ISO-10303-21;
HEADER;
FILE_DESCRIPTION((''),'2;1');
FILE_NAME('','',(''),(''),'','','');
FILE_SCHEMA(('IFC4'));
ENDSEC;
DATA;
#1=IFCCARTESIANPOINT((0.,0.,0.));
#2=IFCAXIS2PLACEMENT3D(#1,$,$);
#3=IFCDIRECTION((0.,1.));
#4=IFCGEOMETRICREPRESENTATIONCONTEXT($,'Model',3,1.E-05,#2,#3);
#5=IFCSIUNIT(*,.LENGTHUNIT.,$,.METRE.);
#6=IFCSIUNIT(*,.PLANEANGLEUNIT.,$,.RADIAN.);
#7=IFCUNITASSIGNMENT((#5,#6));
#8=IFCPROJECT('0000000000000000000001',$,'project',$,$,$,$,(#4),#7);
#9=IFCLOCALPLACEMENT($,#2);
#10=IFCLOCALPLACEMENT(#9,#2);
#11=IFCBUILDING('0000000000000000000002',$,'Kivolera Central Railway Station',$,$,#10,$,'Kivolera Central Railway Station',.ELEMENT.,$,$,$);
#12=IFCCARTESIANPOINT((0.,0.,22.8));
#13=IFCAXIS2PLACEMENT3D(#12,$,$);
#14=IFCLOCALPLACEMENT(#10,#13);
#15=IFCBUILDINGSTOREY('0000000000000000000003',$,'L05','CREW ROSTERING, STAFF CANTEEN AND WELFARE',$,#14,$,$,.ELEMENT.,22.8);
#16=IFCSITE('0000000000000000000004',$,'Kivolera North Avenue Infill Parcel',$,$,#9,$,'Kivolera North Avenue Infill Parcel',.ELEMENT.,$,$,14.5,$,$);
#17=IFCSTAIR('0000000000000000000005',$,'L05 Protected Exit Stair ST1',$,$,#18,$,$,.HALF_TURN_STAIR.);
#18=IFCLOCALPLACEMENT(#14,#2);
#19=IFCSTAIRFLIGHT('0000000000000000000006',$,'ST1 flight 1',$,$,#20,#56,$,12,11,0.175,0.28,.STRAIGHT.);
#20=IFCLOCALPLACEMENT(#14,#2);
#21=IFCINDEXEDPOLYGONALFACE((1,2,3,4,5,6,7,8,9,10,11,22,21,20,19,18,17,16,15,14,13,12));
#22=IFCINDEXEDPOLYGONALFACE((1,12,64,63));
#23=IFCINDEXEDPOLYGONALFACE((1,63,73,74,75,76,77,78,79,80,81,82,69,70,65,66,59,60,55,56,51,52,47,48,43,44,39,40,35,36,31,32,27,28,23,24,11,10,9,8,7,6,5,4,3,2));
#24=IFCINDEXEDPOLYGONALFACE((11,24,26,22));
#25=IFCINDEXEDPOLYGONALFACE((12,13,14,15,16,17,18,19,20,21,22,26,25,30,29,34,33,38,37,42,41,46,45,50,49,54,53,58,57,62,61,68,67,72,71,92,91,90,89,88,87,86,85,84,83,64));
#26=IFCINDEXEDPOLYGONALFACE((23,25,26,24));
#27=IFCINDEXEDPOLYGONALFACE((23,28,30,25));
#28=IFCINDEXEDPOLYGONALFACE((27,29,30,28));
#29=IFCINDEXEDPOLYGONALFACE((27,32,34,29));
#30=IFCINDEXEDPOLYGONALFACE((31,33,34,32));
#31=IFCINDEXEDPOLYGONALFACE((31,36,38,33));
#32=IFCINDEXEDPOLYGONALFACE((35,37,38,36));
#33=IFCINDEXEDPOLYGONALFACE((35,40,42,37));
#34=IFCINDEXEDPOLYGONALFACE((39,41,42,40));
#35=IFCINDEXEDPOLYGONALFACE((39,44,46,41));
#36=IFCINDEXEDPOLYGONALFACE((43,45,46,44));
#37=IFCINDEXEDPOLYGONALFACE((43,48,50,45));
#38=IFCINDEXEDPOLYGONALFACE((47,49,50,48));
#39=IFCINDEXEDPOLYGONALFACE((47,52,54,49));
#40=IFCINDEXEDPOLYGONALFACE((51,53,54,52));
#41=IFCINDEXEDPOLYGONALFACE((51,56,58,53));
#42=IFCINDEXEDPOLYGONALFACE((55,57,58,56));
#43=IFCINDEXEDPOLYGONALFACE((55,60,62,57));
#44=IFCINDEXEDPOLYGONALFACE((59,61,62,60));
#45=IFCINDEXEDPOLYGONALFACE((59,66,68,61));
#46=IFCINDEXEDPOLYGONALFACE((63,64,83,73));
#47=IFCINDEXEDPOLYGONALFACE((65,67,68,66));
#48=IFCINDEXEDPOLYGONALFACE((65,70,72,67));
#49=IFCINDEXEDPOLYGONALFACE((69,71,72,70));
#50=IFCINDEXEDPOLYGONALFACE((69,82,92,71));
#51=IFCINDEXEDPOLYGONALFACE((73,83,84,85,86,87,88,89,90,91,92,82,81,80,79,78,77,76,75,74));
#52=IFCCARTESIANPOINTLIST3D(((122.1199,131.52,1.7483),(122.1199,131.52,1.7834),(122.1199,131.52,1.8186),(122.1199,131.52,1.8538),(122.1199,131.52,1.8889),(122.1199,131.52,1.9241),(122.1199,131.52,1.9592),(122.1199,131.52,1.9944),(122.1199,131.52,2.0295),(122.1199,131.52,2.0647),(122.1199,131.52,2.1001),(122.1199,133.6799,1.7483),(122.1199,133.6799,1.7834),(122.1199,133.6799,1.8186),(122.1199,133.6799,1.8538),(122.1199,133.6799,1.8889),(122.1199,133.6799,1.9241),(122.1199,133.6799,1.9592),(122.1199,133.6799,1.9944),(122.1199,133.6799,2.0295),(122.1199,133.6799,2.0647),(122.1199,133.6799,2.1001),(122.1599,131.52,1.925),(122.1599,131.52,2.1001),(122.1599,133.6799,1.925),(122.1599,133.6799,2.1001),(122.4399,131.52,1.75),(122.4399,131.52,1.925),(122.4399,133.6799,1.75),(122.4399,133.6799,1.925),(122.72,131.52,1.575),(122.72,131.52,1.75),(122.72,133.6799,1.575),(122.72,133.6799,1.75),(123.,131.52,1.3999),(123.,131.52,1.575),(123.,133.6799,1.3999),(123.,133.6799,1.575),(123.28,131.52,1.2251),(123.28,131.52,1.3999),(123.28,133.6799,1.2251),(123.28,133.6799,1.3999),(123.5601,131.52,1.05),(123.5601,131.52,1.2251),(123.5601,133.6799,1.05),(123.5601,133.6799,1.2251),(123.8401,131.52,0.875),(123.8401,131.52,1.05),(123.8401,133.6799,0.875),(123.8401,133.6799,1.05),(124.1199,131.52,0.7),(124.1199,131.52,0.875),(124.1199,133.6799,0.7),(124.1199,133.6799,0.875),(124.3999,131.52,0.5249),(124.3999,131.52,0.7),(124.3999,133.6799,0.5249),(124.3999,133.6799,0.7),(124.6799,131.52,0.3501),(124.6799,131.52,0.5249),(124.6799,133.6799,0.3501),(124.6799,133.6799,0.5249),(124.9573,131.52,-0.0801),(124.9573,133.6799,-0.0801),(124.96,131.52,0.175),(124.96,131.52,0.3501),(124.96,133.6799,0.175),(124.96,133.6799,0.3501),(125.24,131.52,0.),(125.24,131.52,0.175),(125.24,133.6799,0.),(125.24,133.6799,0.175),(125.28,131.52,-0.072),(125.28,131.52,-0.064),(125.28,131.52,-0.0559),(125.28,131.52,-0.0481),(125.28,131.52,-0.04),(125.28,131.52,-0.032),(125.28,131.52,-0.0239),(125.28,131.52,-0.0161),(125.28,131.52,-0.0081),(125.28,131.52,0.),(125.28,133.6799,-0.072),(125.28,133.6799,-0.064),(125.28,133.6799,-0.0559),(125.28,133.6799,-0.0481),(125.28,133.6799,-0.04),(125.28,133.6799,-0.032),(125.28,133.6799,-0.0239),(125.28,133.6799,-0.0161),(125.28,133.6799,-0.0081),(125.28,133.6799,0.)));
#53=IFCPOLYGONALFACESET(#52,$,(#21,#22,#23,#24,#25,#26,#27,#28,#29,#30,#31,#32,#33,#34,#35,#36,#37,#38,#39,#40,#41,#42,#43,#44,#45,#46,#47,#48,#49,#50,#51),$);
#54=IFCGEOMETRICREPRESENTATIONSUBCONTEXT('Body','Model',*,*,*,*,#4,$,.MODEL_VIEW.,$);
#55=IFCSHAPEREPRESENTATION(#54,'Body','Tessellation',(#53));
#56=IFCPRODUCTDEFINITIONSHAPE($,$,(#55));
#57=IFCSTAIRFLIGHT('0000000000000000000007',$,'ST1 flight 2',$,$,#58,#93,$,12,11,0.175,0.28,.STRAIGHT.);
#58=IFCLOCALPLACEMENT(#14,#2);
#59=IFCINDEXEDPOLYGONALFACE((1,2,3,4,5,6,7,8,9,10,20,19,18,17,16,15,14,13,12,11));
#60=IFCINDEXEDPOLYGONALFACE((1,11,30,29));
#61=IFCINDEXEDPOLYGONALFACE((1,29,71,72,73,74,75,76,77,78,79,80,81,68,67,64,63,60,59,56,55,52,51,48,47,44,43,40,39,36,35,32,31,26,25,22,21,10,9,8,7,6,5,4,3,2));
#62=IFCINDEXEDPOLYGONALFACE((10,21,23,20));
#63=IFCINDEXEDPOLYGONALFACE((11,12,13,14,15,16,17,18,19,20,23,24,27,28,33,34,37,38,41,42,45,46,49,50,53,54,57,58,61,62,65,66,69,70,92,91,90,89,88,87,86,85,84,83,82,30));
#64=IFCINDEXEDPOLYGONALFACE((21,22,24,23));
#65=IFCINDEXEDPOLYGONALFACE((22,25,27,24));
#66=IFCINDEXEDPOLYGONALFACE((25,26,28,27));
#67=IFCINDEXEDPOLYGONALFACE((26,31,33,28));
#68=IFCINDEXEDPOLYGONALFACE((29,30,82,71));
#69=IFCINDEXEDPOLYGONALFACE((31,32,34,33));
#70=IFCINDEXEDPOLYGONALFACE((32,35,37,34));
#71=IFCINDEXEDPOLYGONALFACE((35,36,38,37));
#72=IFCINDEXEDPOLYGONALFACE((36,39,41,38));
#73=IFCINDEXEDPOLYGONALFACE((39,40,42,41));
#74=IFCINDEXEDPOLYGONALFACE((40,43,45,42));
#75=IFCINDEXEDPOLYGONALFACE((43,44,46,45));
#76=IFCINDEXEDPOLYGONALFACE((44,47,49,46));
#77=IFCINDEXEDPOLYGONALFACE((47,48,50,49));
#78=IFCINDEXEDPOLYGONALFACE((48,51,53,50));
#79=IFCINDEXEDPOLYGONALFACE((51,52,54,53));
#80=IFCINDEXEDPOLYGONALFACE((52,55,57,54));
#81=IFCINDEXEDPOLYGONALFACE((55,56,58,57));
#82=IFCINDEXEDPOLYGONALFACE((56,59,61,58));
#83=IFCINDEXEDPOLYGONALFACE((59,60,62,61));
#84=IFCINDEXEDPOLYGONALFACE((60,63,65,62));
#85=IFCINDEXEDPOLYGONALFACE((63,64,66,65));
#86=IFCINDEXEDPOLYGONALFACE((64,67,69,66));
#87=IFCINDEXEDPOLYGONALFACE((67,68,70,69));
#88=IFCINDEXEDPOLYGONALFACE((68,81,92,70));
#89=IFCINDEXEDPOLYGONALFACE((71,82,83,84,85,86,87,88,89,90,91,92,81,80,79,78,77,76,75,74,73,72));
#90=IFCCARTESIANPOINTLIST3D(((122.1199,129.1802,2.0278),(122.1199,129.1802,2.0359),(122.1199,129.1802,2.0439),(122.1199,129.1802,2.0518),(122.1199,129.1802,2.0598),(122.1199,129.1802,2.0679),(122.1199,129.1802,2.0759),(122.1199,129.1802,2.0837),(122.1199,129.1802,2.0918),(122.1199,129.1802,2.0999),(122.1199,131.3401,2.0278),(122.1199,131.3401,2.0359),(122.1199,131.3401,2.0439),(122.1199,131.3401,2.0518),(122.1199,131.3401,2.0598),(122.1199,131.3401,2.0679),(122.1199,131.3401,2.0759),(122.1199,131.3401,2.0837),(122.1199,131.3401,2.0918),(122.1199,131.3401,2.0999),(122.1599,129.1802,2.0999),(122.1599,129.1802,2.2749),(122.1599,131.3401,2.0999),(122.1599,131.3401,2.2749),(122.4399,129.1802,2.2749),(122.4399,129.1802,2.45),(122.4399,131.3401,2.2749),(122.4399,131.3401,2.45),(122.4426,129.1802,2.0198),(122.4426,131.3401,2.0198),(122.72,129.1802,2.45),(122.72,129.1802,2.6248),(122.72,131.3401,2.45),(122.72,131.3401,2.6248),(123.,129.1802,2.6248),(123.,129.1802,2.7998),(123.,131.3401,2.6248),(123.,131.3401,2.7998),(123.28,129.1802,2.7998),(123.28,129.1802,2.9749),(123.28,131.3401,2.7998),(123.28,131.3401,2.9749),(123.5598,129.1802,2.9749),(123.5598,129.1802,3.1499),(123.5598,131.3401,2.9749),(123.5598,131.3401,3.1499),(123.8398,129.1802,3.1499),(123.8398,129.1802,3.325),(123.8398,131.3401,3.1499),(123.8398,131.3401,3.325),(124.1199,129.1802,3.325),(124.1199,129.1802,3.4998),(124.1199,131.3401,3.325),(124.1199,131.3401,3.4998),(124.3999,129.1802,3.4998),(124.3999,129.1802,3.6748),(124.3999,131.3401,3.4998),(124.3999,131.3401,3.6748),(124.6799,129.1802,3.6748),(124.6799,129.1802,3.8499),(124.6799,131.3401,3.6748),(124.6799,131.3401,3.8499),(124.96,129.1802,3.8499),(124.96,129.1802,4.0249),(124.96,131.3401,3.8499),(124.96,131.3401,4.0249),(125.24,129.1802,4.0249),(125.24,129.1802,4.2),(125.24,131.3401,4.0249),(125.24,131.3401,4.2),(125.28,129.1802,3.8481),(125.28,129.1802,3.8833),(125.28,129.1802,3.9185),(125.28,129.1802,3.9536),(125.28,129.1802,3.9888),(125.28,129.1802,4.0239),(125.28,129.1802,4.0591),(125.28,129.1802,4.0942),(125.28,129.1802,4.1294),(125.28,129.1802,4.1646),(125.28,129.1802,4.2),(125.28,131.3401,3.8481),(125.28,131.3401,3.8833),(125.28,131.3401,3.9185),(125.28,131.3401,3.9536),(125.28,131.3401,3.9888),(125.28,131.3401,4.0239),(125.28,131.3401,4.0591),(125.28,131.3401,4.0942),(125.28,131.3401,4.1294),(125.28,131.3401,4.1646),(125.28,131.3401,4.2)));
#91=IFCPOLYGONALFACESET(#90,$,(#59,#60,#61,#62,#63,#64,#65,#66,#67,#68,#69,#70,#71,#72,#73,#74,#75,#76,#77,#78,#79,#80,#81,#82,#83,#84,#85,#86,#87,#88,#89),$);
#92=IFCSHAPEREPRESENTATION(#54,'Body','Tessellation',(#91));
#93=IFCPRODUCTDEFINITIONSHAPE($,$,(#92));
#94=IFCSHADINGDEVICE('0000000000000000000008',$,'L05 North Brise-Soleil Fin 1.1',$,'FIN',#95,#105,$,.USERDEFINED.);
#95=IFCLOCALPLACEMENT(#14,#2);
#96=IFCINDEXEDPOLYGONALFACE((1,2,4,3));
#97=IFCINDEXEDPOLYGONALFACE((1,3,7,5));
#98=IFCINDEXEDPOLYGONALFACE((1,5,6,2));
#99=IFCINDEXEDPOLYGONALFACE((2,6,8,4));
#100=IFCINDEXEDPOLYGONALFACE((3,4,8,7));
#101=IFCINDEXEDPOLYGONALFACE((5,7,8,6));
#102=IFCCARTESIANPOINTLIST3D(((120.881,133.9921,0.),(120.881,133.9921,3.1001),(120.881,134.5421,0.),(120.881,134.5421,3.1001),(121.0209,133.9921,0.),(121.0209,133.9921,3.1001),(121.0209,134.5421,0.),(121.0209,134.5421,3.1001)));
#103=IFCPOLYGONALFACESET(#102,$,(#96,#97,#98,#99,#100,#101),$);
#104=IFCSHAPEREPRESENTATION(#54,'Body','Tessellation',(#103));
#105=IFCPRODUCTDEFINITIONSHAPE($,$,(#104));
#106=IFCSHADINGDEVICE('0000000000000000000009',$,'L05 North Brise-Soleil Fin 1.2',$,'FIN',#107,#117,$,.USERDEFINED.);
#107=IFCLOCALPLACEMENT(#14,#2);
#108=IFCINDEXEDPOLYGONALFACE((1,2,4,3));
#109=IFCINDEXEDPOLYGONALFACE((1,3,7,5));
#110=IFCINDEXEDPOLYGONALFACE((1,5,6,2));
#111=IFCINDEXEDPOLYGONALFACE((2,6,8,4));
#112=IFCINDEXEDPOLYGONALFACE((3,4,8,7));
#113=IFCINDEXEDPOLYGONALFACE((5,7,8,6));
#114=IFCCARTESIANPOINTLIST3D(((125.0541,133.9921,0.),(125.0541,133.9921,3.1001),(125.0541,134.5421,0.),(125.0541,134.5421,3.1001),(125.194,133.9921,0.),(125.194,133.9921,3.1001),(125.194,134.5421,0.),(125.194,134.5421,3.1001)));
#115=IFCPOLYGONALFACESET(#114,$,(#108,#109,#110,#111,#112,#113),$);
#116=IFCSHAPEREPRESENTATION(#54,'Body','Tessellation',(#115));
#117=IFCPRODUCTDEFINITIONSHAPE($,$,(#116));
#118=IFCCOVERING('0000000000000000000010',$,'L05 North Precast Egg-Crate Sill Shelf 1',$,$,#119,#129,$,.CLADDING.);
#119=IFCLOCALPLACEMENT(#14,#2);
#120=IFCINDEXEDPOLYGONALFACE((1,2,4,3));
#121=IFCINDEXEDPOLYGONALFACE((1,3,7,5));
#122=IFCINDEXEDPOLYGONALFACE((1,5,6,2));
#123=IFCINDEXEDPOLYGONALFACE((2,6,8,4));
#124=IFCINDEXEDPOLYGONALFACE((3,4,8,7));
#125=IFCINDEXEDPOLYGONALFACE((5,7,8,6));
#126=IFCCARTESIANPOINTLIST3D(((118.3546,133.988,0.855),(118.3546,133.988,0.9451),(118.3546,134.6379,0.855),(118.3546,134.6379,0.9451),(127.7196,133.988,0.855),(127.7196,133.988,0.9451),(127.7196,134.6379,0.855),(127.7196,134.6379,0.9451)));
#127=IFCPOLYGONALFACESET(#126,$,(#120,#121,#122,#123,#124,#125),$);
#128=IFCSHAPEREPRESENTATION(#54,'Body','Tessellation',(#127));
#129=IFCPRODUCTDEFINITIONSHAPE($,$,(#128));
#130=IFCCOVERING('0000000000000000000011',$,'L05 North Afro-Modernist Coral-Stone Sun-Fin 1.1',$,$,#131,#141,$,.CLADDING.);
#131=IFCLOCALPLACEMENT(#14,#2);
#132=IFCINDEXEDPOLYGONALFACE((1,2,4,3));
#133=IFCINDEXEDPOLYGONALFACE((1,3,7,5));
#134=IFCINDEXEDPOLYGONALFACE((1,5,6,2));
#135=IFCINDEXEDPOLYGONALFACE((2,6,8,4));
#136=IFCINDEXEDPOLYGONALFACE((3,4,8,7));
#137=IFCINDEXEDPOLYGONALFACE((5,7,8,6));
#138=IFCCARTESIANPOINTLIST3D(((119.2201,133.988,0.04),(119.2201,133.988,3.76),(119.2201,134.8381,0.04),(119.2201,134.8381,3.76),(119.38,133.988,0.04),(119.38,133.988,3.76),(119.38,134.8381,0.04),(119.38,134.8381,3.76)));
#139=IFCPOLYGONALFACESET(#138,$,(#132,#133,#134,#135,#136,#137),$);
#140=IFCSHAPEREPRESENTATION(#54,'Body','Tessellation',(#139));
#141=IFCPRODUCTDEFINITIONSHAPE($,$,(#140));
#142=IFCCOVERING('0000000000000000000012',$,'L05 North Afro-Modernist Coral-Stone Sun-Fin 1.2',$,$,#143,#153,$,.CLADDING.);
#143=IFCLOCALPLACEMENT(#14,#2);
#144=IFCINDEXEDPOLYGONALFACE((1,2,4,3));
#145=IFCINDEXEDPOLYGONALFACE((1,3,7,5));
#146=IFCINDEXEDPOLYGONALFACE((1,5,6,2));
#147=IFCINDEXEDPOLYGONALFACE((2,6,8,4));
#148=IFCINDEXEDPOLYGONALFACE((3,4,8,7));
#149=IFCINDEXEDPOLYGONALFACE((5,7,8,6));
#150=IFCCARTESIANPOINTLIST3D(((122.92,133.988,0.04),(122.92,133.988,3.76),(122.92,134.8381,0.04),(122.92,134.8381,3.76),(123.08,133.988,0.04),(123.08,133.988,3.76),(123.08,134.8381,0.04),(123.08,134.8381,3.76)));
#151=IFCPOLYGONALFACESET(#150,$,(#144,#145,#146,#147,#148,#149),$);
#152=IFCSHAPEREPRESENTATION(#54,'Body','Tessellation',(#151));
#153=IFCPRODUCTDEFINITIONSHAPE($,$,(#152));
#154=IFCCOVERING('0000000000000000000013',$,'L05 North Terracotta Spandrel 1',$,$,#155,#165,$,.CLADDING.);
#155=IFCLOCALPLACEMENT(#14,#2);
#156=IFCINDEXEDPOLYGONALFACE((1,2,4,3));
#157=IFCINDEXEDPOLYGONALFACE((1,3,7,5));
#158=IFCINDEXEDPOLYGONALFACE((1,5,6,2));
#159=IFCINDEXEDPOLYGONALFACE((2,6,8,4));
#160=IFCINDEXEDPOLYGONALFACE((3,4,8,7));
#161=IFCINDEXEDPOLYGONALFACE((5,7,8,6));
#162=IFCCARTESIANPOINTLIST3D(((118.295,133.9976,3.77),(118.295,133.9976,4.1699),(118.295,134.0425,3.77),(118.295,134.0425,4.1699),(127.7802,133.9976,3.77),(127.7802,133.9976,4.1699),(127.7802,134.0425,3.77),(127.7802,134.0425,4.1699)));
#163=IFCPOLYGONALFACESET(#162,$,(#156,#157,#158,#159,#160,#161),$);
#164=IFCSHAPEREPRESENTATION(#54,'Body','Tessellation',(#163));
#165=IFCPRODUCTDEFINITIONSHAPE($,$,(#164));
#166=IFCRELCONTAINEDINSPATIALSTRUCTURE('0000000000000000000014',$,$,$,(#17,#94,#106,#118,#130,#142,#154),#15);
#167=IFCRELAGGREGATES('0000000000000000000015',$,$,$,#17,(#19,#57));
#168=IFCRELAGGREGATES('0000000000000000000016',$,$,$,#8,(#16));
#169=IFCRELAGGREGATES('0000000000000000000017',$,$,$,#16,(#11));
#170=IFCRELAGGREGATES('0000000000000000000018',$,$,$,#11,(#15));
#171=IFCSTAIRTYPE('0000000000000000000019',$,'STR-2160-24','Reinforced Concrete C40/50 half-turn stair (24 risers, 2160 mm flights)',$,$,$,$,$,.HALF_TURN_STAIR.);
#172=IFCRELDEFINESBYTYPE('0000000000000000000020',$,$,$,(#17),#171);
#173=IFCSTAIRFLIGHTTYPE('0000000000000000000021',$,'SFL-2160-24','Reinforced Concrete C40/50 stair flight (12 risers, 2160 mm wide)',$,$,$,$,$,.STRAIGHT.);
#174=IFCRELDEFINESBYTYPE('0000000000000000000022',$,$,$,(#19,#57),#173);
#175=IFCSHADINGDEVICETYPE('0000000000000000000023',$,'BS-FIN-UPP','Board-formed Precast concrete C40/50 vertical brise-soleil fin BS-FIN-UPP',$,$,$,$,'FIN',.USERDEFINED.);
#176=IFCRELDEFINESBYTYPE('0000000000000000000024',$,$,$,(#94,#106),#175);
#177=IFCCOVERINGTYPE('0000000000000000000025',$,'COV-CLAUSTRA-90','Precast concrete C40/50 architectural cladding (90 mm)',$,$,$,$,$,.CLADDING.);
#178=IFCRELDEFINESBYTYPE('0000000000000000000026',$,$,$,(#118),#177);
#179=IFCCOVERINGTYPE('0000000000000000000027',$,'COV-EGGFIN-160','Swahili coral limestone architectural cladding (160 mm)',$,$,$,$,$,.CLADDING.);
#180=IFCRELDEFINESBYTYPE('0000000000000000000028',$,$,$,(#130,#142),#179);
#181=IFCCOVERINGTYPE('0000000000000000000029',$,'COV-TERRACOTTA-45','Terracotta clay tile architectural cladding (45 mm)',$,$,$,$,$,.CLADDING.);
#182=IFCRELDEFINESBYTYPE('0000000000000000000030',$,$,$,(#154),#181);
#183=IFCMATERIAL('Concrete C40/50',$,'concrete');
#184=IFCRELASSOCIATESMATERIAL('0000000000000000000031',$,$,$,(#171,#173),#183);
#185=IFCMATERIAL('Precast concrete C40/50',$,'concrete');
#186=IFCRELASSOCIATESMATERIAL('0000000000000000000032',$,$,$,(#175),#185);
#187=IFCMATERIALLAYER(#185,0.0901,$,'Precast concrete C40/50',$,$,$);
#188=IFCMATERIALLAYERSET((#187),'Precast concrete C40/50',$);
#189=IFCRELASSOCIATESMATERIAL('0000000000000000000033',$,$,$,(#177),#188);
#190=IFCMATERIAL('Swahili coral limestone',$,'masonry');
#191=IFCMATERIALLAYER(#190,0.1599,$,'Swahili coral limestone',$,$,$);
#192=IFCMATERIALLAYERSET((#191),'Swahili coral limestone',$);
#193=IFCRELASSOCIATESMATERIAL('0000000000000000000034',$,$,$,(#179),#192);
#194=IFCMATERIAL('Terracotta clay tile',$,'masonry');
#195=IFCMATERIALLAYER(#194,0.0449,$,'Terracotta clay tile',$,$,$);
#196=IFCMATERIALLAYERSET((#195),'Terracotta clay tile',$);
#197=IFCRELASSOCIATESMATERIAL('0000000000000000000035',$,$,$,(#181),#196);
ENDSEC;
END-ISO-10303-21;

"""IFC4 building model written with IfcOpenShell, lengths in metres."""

from ifc_helpers import new_model, si_unit, direction, frame, frame_2d, origin, origin_2d, place, context, subcontext, project, spatial, polyline, rectangle, outline, extrude, material, layer, layer_set, type_object, element, aggregate, save


model = new_model("IFC4")

# Units and contexts
model_context = context("Model", 3, precision=1e-05, world=origin(), true_north=direction((0.0, 1.0)))
body_context = subcontext(model_context, "Body", "Model", "MODEL_VIEW")
ifc_project = project(units=[si_unit("LENGTHUNIT", "METRE"), si_unit("PLANEANGLEUNIT", "RADIAN")], contexts=[model_context])

# Site, building, storey
site_placement = place(None, origin())
site = spatial("IfcSite", under=ifc_project, at=site_placement, Name="Kivolera North Avenue Infill Parcel", LongName="Kivolera North Avenue Infill Parcel", CompositionType="ELEMENT", RefElevation=14.5)
building_placement = place(site_placement, origin())
building = spatial("IfcBuilding", under=site, at=building_placement, Name="Kivolera Central Railway Station", LongName="Kivolera Central Railway Station", CompositionType="ELEMENT")
storey_placement = place(building_placement, frame((0.0, 0.0, 22.8)))
storey = spatial("IfcBuildingStorey", under=building, at=storey_placement, Name="L05", Description="CREW ROSTERING, STAFF CANTEEN AND WELFARE", CompositionType="ELEMENT", Elevation=22.8)

# Shared definitions
ifc_material_1 = material(Name="Concrete C40/50", Category="concrete")

# Shared definitions
ifc_material_2 = material(Name="Swahili coral limestone", Category="masonry")

# Stair, stair flights
stair_type = type_object("IfcStairType", Name="STR-2160-24", Description="Reinforced Concrete C40/50 half-turn stair (24 risers, 2160 mm flights)", PredefinedType="HALF_TURN_STAIR", material=ifc_material_1)
stair_placement = place(storey_placement, origin())
stair = element("IfcStair", 1, at=stair_placement, inside=storey, type_object=stair_type, Name="L05 Protected Exit Stair ST1", PredefinedType="HALF_TURN_STAIR")
stair_flight_type = type_object("IfcStairFlightType", Name="SFL-2160-24", Description="Reinforced Concrete C40/50 stair flight (12 risers, 2160 mm wide)", PredefinedType="STRAIGHT", material=ifc_material_1)
stair_flight_1_placement = place(storey_placement, frame((125.24, 132.6001, 0.0), z_axis=(0.0, 0.0, 1.0), x_axis=(-1.0, 0.0, 0.0)))
stair_flight_1 = element("IfcStairFlight", 2, at=stair_flight_1_placement, type_object=stair_flight_type, Name="ST1 flight 1", NumberOfRisers=12, NumberOfTreads=11, PredefinedType="STRAIGHT", RiserHeight=0.175, TreadLength=0.28, context=body_context, shape_type="SweptSolid", body=[
    extrude(outline(polyline([(-0.04, 0.0), (0.0, 0.0), (0.0, 0.175), (0.28, 0.175), (0.28, 0.3501), (0.5601, 0.3501), (0.5601, 0.5249), (0.8401, 0.5249), (0.8401, 0.7), (1.1201, 0.7), (1.1201, 0.875), (1.3999, 0.875), (1.3999, 1.05), (1.6799, 1.05), (1.6799, 1.2251), (1.96, 1.2251), (1.96, 1.3999), (2.24, 1.3999), (2.24, 1.575), (2.52, 1.575), (2.52, 1.75), (2.8, 1.75), (2.8, 1.925), (3.0801, 1.925), (3.0801, 2.1001), (3.1201, 2.1001), (3.1201, 2.0647), (3.1201, 2.0295), (3.1201, 1.9944), (3.1201, 1.9592), (3.1201, 1.9241), (3.1201, 1.8889), (3.1201, 1.8538), (3.1201, 1.8186), (3.1201, 1.7834), (3.1201, 1.7483), (0.2827, -0.0801), (-0.04, -0.072), (-0.04, -0.064), (-0.04, -0.0559), (-0.04, -0.0481), (-0.04, -0.04), (-0.04, -0.032), (-0.04, -0.0239), (-0.04, -0.0161), (-0.04, -0.0081), (-0.04, 0.0)])), frame((0.0, 1.0801, 0.0), z_axis=(0.0, -1.0, 0.0), x_axis=(1.0, 0.0, 0.0)), (0.0, 0.0, 1.0), 2.1599),
])
stair_flight_2_placement = place(storey_placement, frame((122.1599, 130.26, 2.0999), z_axis=(0.0, 0.0, 1.0), x_axis=(1.0, 0.0, 0.0)))
stair_flight_2 = element("IfcStairFlight", 3, at=stair_flight_2_placement, type_object=stair_flight_type, Name="ST1 flight 2", NumberOfRisers=12, NumberOfTreads=11, PredefinedType="STRAIGHT", RiserHeight=0.175, TreadLength=0.28, context=body_context, shape_type="SweptSolid", body=[
    extrude(outline(polyline([(-0.04, 0.0), (0.0, 0.0), (0.0, 0.175), (0.28, 0.175), (0.28, 0.3501), (0.5601, 0.3501), (0.5601, 0.5249), (0.8401, 0.5249), (0.8401, 0.7), (1.1201, 0.7), (1.1201, 0.875), (1.3999, 0.875), (1.3999, 1.05), (1.6799, 1.05), (1.6799, 1.2251), (1.96, 1.2251), (1.96, 1.3999), (2.24, 1.3999), (2.24, 1.575), (2.52, 1.575), (2.52, 1.75), (2.8, 1.75), (2.8, 1.925), (3.0801, 1.925), (3.0801, 2.1001), (3.1201, 2.1001), (3.1201, 2.0647), (3.1201, 2.0295), (3.1201, 1.9944), (3.1201, 1.9592), (3.1201, 1.9241), (3.1201, 1.8889), (3.1201, 1.8538), (3.1201, 1.8186), (3.1201, 1.7834), (3.1201, 1.7483), (0.2827, -0.0801), (-0.04, -0.072), (-0.04, -0.064), (-0.04, -0.0559), (-0.04, -0.0481), (-0.04, -0.04), (-0.04, -0.032), (-0.04, -0.0239), (-0.04, -0.0161), (-0.04, -0.0081), (-0.04, 0.0)])), frame((0.0, 1.0801, 0.0), z_axis=(0.0, -1.0, 0.0), x_axis=(1.0, 0.0, 0.0)), (0.0, 0.0, 1.0), 2.1599),
])
aggregate(stair, [stair_flight_1, stair_flight_2])

# Shading devices
ifc_material_3 = material(Name="Precast concrete C40/50", Category="concrete")
shading_device_type = type_object("IfcShadingDeviceType", Name="BS-FIN-UPP", Description="Board-formed Precast concrete C40/50 vertical brise-soleil fin BS-FIN-UPP", ElementType="FIN", PredefinedType="USERDEFINED", material=ifc_material_3)
for number, where, z_axis, x_axis, name in (
    (4, (120.9509, 134.2671, 0.0), (0.0, 0.0, 1.0), (1.0, 0.0, 0.0), "L05 North Brise-Soleil Fin 1.1"),
    (5, (125.124, 134.2671, 0.0), (0.0, 0.0, 1.0), (1.0, 0.0, 0.0), "L05 North Brise-Soleil Fin 1.2"),
):
    element("IfcShadingDevice", number, at=place(storey_placement, frame(where, z_axis=z_axis, x_axis=x_axis)), inside=storey, type_object=shading_device_type, Name=name, ObjectType="FIN", PredefinedType="USERDEFINED", context=body_context, shape_type="SweptSolid", body=[
        extrude(rectangle(XDim=0.1399, YDim=0.55, at=origin_2d()), origin(), (0.0, 0.0, 1.0), 3.1001),
    ])

# Coverings
ifc_layer_1 = layer(ifc_material_3, 0.0901, Name="Precast concrete C40/50")
ifc_layer_set_1 = layer_set([ifc_layer_1], Name="Precast concrete C40/50")
covering_type_1 = type_object("IfcCoveringType", Name="COV-CLAUSTRA-90", Description="Precast concrete C40/50 architectural cladding (90 mm)", PredefinedType="CLADDING", material=ifc_layer_set_1)
covering_1_placement = place(storey_placement, frame((123.0371, 134.313, 0.855), z_axis=(0.0, 0.0, 1.0), x_axis=(1.0, 0.0, 0.0)))
element("IfcCovering", 6, at=covering_1_placement, inside=storey, type_object=covering_type_1, Name="L05 North Precast Egg-Crate Sill Shelf 1", PredefinedType="CLADDING", context=body_context, shape_type="SweptSolid", body=[
    extrude(rectangle(XDim=9.365, YDim=0.6499, at=origin_2d()), origin(), (0.0, 0.0, 1.0), 0.0901),
])
ifc_layer_2 = layer(ifc_material_2, 0.1599, Name="Swahili coral limestone")
ifc_layer_set_2 = layer_set([ifc_layer_2], Name="Swahili coral limestone")
covering_type_2 = type_object("IfcCoveringType", Name="COV-EGGFIN-160", Description="Swahili coral limestone architectural cladding (160 mm)", PredefinedType="CLADDING", material=ifc_layer_set_2)
for number, where, z_axis, x_axis, name in (
    (7, (119.3, 134.4131, 0.04), (0.0, 0.0, 1.0), (1.0, 0.0, 0.0), "L05 North Afro-Modernist Coral-Stone Sun-Fin 1.1"),
    (8, (123.0, 134.4131, 0.04), (0.0, 0.0, 1.0), (1.0, 0.0, 0.0), "L05 North Afro-Modernist Coral-Stone Sun-Fin 1.2"),
):
    element("IfcCovering", number, at=place(storey_placement, frame(where, z_axis=z_axis, x_axis=x_axis)), inside=storey, type_object=covering_type_2, Name=name, PredefinedType="CLADDING", context=body_context, shape_type="SweptSolid", body=[
        extrude(rectangle(XDim=0.1599, YDim=0.8501, at=origin_2d()), origin(), (0.0, 0.0, 1.0), 3.72),
    ])
ifc_material_4 = material(Name="Terracotta clay tile", Category="masonry")
ifc_layer_3 = layer(ifc_material_4, 0.0449, Name="Terracotta clay tile")
ifc_layer_set_3 = layer_set([ifc_layer_3], Name="Terracotta clay tile")
covering_type_3 = type_object("IfcCoveringType", Name="COV-TERRACOTTA-45", Description="Terracotta clay tile architectural cladding (45 mm)", PredefinedType="CLADDING", material=ifc_layer_set_3)
covering_2_placement = place(storey_placement, frame((118.2949, 134.02, 3.77), z_axis=(0.0, 0.0, 1.0), x_axis=(1.0, 0.0, 0.0)))
element("IfcCovering", 9, at=covering_2_placement, inside=storey, type_object=covering_type_3, Name="L05 North Terracotta Spandrel 1", PredefinedType="CLADDING", context=body_context, shape_type="SweptSolid", body=[
    extrude(rectangle(XDim=9.4851, YDim=0.0449, at=frame_2d((4.7427, 0.0))), origin(), (0.0, 0.0, 1.0), 0.3999),
])

save(model, "model.ifc")
